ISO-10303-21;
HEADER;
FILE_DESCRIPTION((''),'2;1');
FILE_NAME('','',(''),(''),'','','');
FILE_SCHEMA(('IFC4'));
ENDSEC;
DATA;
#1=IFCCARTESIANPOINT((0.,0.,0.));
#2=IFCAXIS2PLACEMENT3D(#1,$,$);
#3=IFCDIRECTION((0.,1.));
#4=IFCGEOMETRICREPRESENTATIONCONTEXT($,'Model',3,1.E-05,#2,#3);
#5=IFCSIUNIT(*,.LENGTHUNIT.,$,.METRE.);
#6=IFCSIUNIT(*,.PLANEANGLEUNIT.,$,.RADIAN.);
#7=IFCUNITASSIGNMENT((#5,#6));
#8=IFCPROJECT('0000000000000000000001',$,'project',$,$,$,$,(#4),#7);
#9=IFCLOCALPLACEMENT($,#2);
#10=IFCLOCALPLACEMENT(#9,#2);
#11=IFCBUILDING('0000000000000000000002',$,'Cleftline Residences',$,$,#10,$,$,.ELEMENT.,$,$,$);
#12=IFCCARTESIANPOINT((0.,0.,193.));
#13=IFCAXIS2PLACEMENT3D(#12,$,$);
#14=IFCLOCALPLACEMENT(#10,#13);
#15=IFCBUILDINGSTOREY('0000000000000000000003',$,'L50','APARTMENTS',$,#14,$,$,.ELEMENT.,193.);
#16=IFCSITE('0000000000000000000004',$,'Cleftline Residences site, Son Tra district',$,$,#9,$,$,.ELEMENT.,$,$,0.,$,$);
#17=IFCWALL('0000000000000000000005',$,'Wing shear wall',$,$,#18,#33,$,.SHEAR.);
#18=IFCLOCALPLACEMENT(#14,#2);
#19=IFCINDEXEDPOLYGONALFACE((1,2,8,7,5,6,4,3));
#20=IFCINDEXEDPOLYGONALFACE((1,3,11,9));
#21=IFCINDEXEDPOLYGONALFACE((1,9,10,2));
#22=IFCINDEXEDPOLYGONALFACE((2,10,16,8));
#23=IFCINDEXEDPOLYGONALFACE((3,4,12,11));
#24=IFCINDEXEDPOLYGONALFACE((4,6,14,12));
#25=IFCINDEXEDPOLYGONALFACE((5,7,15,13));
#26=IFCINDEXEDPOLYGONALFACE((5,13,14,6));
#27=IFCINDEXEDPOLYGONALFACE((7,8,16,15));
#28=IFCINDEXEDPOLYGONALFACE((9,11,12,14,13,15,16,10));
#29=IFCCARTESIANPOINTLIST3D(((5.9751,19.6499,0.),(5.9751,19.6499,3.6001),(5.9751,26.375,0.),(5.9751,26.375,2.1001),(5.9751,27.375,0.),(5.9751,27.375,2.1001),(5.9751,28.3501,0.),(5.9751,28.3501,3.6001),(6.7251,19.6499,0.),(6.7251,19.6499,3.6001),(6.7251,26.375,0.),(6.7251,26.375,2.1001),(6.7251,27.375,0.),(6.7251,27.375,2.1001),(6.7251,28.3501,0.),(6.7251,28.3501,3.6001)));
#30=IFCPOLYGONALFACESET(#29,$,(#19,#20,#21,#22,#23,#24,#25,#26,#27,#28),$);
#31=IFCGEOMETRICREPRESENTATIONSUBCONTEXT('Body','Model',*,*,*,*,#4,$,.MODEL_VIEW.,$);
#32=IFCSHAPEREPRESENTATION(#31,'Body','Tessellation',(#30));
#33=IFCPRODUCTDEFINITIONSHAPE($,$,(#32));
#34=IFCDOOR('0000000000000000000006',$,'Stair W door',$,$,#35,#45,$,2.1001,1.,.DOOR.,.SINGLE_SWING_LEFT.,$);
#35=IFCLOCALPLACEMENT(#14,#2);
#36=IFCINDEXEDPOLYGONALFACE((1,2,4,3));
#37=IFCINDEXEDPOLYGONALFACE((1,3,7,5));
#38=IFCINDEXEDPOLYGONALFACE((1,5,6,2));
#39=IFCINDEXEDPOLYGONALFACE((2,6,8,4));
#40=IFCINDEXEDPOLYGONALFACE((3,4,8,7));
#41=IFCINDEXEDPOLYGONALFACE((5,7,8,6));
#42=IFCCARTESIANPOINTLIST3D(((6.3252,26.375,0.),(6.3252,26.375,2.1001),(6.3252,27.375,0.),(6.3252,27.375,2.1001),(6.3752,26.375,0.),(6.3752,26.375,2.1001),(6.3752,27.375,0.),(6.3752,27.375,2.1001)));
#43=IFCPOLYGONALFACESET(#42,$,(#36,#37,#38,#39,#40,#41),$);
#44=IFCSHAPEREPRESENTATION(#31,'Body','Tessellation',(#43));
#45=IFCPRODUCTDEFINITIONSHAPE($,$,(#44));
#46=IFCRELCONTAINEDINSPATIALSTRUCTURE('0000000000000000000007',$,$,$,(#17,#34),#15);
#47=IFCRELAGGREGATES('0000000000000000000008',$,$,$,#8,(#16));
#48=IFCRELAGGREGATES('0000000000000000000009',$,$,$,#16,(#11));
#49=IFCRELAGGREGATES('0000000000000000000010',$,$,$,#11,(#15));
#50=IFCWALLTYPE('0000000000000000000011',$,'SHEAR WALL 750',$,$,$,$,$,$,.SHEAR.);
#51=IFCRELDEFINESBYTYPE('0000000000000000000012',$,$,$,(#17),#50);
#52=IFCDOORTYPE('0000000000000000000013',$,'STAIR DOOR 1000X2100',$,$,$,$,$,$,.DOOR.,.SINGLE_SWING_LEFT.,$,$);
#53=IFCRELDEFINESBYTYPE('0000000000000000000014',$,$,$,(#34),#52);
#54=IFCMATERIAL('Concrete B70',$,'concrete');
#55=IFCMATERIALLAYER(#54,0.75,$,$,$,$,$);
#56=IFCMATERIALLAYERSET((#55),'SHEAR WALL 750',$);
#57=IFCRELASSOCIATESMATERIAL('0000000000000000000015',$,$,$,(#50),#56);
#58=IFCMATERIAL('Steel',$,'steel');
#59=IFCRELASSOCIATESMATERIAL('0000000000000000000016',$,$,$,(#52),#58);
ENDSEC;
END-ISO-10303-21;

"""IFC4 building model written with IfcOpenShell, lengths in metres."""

from ifc_helpers import new_model, si_unit, direction, frame, frame_2d, origin, place, context, subcontext, project, spatial, rectangle, extrude, material, layer, layer_set, type_object, element, fill, save


model = new_model("IFC4")

# Units and contexts
model_context = context("Model", 3, precision=1e-05, world=origin(), true_north=direction((0.0, 1.0)))
body_context = subcontext(model_context, "Body", "Model", "MODEL_VIEW")
ifc_project = project(units=[si_unit("LENGTHUNIT", "METRE"), si_unit("PLANEANGLEUNIT", "RADIAN")], contexts=[model_context])

# Site, building, storey
site_placement = place(None, origin())
site = spatial("IfcSite", under=ifc_project, at=site_placement, Name="Cleftline Residences site, Son Tra district", CompositionType="ELEMENT", RefElevation=0.0)
building_placement = place(site_placement, origin())
building = spatial("IfcBuilding", under=site, at=building_placement, Name="Cleftline Residences", CompositionType="ELEMENT")
storey_placement = place(building_placement, frame((0.0, 0.0, 193.0)))
storey = spatial("IfcBuildingStorey", under=building, at=storey_placement, Name="L50", Description="APARTMENTS", CompositionType="ELEMENT", Elevation=193.0)

# Shared definitions
ifc_material_1 = material(Name="Concrete B70", Category="concrete")
ifc_layer_1 = layer(ifc_material_1, 0.75)
ifc_layer_set_1 = layer_set([ifc_layer_1], Name="SHEAR WALL 750")
wall_type_1 = type_object("IfcWallType", Name="SHEAR WALL 750", PredefinedType="SHEAR", material=ifc_layer_set_1)

# Wall, opening, door
wall_1_placement = place(storey_placement, frame((6.3501, 19.6499, 0.0), z_axis=(0.0, 0.0, 1.0), x_axis=(0.0, 1.0, 0.0)))
wall_1 = element("IfcWall", 1, at=wall_1_placement, inside=storey, type_object=wall_type_1, Name="Wing shear wall", PredefinedType="SHEAR", context=body_context, shape_type="SweptSolid", body=[
    extrude(rectangle(XDim=8.7002, YDim=0.75, at=frame_2d((4.3501, 0.0))), origin(), (0.0, 0.0, 1.0), 3.6001),
])
opening_1_placement = place(wall_1_placement, frame((6.7251, 0.0, 0.0)))
opening_1 = element("IfcOpeningElement", 2, at=opening_1_placement, cuts=wall_1, PredefinedType="OPENING", context=body_context, shape_type="SweptSolid", body=[
    extrude(rectangle(XDim=1.0, YDim=2.1001, at=frame_2d((0.5, 1.05))), frame((0.0, 0.385, 0.0), z_axis=(0.0, -1.0, 0.0), x_axis=(1.0, 0.0, 0.0)), (0.0, 0.0, 1.0), 0.77),
])
ifc_material_2 = material(Name="Steel", Category="steel")
door_type_1 = type_object("IfcDoorType", Name="STAIR DOOR 1000X2100", OperationType="SINGLE_SWING_LEFT", PredefinedType="DOOR", material=ifc_material_2)
door_1_placement = place(opening_1_placement, origin())
door_1 = element("IfcDoor", 3, at=door_1_placement, inside=storey, type_object=door_type_1, Name="Stair W door", OperationType="SINGLE_SWING_LEFT", OverallHeight=2.1001, OverallWidth=1.0, PredefinedType="DOOR", context=body_context, shape_type="SweptSolid", body=[
    extrude(rectangle(XDim=1.0, YDim=2.1001, at=frame_2d((0.5, 1.05))), frame((0.0, 0.0249, 0.0), z_axis=(0.0, -1.0, 0.0), x_axis=(1.0, 0.0, 0.0)), (0.0, 0.0, 1.0), 0.05),
])
fill(opening_1, door_1)

save(model, "model.ifc")
